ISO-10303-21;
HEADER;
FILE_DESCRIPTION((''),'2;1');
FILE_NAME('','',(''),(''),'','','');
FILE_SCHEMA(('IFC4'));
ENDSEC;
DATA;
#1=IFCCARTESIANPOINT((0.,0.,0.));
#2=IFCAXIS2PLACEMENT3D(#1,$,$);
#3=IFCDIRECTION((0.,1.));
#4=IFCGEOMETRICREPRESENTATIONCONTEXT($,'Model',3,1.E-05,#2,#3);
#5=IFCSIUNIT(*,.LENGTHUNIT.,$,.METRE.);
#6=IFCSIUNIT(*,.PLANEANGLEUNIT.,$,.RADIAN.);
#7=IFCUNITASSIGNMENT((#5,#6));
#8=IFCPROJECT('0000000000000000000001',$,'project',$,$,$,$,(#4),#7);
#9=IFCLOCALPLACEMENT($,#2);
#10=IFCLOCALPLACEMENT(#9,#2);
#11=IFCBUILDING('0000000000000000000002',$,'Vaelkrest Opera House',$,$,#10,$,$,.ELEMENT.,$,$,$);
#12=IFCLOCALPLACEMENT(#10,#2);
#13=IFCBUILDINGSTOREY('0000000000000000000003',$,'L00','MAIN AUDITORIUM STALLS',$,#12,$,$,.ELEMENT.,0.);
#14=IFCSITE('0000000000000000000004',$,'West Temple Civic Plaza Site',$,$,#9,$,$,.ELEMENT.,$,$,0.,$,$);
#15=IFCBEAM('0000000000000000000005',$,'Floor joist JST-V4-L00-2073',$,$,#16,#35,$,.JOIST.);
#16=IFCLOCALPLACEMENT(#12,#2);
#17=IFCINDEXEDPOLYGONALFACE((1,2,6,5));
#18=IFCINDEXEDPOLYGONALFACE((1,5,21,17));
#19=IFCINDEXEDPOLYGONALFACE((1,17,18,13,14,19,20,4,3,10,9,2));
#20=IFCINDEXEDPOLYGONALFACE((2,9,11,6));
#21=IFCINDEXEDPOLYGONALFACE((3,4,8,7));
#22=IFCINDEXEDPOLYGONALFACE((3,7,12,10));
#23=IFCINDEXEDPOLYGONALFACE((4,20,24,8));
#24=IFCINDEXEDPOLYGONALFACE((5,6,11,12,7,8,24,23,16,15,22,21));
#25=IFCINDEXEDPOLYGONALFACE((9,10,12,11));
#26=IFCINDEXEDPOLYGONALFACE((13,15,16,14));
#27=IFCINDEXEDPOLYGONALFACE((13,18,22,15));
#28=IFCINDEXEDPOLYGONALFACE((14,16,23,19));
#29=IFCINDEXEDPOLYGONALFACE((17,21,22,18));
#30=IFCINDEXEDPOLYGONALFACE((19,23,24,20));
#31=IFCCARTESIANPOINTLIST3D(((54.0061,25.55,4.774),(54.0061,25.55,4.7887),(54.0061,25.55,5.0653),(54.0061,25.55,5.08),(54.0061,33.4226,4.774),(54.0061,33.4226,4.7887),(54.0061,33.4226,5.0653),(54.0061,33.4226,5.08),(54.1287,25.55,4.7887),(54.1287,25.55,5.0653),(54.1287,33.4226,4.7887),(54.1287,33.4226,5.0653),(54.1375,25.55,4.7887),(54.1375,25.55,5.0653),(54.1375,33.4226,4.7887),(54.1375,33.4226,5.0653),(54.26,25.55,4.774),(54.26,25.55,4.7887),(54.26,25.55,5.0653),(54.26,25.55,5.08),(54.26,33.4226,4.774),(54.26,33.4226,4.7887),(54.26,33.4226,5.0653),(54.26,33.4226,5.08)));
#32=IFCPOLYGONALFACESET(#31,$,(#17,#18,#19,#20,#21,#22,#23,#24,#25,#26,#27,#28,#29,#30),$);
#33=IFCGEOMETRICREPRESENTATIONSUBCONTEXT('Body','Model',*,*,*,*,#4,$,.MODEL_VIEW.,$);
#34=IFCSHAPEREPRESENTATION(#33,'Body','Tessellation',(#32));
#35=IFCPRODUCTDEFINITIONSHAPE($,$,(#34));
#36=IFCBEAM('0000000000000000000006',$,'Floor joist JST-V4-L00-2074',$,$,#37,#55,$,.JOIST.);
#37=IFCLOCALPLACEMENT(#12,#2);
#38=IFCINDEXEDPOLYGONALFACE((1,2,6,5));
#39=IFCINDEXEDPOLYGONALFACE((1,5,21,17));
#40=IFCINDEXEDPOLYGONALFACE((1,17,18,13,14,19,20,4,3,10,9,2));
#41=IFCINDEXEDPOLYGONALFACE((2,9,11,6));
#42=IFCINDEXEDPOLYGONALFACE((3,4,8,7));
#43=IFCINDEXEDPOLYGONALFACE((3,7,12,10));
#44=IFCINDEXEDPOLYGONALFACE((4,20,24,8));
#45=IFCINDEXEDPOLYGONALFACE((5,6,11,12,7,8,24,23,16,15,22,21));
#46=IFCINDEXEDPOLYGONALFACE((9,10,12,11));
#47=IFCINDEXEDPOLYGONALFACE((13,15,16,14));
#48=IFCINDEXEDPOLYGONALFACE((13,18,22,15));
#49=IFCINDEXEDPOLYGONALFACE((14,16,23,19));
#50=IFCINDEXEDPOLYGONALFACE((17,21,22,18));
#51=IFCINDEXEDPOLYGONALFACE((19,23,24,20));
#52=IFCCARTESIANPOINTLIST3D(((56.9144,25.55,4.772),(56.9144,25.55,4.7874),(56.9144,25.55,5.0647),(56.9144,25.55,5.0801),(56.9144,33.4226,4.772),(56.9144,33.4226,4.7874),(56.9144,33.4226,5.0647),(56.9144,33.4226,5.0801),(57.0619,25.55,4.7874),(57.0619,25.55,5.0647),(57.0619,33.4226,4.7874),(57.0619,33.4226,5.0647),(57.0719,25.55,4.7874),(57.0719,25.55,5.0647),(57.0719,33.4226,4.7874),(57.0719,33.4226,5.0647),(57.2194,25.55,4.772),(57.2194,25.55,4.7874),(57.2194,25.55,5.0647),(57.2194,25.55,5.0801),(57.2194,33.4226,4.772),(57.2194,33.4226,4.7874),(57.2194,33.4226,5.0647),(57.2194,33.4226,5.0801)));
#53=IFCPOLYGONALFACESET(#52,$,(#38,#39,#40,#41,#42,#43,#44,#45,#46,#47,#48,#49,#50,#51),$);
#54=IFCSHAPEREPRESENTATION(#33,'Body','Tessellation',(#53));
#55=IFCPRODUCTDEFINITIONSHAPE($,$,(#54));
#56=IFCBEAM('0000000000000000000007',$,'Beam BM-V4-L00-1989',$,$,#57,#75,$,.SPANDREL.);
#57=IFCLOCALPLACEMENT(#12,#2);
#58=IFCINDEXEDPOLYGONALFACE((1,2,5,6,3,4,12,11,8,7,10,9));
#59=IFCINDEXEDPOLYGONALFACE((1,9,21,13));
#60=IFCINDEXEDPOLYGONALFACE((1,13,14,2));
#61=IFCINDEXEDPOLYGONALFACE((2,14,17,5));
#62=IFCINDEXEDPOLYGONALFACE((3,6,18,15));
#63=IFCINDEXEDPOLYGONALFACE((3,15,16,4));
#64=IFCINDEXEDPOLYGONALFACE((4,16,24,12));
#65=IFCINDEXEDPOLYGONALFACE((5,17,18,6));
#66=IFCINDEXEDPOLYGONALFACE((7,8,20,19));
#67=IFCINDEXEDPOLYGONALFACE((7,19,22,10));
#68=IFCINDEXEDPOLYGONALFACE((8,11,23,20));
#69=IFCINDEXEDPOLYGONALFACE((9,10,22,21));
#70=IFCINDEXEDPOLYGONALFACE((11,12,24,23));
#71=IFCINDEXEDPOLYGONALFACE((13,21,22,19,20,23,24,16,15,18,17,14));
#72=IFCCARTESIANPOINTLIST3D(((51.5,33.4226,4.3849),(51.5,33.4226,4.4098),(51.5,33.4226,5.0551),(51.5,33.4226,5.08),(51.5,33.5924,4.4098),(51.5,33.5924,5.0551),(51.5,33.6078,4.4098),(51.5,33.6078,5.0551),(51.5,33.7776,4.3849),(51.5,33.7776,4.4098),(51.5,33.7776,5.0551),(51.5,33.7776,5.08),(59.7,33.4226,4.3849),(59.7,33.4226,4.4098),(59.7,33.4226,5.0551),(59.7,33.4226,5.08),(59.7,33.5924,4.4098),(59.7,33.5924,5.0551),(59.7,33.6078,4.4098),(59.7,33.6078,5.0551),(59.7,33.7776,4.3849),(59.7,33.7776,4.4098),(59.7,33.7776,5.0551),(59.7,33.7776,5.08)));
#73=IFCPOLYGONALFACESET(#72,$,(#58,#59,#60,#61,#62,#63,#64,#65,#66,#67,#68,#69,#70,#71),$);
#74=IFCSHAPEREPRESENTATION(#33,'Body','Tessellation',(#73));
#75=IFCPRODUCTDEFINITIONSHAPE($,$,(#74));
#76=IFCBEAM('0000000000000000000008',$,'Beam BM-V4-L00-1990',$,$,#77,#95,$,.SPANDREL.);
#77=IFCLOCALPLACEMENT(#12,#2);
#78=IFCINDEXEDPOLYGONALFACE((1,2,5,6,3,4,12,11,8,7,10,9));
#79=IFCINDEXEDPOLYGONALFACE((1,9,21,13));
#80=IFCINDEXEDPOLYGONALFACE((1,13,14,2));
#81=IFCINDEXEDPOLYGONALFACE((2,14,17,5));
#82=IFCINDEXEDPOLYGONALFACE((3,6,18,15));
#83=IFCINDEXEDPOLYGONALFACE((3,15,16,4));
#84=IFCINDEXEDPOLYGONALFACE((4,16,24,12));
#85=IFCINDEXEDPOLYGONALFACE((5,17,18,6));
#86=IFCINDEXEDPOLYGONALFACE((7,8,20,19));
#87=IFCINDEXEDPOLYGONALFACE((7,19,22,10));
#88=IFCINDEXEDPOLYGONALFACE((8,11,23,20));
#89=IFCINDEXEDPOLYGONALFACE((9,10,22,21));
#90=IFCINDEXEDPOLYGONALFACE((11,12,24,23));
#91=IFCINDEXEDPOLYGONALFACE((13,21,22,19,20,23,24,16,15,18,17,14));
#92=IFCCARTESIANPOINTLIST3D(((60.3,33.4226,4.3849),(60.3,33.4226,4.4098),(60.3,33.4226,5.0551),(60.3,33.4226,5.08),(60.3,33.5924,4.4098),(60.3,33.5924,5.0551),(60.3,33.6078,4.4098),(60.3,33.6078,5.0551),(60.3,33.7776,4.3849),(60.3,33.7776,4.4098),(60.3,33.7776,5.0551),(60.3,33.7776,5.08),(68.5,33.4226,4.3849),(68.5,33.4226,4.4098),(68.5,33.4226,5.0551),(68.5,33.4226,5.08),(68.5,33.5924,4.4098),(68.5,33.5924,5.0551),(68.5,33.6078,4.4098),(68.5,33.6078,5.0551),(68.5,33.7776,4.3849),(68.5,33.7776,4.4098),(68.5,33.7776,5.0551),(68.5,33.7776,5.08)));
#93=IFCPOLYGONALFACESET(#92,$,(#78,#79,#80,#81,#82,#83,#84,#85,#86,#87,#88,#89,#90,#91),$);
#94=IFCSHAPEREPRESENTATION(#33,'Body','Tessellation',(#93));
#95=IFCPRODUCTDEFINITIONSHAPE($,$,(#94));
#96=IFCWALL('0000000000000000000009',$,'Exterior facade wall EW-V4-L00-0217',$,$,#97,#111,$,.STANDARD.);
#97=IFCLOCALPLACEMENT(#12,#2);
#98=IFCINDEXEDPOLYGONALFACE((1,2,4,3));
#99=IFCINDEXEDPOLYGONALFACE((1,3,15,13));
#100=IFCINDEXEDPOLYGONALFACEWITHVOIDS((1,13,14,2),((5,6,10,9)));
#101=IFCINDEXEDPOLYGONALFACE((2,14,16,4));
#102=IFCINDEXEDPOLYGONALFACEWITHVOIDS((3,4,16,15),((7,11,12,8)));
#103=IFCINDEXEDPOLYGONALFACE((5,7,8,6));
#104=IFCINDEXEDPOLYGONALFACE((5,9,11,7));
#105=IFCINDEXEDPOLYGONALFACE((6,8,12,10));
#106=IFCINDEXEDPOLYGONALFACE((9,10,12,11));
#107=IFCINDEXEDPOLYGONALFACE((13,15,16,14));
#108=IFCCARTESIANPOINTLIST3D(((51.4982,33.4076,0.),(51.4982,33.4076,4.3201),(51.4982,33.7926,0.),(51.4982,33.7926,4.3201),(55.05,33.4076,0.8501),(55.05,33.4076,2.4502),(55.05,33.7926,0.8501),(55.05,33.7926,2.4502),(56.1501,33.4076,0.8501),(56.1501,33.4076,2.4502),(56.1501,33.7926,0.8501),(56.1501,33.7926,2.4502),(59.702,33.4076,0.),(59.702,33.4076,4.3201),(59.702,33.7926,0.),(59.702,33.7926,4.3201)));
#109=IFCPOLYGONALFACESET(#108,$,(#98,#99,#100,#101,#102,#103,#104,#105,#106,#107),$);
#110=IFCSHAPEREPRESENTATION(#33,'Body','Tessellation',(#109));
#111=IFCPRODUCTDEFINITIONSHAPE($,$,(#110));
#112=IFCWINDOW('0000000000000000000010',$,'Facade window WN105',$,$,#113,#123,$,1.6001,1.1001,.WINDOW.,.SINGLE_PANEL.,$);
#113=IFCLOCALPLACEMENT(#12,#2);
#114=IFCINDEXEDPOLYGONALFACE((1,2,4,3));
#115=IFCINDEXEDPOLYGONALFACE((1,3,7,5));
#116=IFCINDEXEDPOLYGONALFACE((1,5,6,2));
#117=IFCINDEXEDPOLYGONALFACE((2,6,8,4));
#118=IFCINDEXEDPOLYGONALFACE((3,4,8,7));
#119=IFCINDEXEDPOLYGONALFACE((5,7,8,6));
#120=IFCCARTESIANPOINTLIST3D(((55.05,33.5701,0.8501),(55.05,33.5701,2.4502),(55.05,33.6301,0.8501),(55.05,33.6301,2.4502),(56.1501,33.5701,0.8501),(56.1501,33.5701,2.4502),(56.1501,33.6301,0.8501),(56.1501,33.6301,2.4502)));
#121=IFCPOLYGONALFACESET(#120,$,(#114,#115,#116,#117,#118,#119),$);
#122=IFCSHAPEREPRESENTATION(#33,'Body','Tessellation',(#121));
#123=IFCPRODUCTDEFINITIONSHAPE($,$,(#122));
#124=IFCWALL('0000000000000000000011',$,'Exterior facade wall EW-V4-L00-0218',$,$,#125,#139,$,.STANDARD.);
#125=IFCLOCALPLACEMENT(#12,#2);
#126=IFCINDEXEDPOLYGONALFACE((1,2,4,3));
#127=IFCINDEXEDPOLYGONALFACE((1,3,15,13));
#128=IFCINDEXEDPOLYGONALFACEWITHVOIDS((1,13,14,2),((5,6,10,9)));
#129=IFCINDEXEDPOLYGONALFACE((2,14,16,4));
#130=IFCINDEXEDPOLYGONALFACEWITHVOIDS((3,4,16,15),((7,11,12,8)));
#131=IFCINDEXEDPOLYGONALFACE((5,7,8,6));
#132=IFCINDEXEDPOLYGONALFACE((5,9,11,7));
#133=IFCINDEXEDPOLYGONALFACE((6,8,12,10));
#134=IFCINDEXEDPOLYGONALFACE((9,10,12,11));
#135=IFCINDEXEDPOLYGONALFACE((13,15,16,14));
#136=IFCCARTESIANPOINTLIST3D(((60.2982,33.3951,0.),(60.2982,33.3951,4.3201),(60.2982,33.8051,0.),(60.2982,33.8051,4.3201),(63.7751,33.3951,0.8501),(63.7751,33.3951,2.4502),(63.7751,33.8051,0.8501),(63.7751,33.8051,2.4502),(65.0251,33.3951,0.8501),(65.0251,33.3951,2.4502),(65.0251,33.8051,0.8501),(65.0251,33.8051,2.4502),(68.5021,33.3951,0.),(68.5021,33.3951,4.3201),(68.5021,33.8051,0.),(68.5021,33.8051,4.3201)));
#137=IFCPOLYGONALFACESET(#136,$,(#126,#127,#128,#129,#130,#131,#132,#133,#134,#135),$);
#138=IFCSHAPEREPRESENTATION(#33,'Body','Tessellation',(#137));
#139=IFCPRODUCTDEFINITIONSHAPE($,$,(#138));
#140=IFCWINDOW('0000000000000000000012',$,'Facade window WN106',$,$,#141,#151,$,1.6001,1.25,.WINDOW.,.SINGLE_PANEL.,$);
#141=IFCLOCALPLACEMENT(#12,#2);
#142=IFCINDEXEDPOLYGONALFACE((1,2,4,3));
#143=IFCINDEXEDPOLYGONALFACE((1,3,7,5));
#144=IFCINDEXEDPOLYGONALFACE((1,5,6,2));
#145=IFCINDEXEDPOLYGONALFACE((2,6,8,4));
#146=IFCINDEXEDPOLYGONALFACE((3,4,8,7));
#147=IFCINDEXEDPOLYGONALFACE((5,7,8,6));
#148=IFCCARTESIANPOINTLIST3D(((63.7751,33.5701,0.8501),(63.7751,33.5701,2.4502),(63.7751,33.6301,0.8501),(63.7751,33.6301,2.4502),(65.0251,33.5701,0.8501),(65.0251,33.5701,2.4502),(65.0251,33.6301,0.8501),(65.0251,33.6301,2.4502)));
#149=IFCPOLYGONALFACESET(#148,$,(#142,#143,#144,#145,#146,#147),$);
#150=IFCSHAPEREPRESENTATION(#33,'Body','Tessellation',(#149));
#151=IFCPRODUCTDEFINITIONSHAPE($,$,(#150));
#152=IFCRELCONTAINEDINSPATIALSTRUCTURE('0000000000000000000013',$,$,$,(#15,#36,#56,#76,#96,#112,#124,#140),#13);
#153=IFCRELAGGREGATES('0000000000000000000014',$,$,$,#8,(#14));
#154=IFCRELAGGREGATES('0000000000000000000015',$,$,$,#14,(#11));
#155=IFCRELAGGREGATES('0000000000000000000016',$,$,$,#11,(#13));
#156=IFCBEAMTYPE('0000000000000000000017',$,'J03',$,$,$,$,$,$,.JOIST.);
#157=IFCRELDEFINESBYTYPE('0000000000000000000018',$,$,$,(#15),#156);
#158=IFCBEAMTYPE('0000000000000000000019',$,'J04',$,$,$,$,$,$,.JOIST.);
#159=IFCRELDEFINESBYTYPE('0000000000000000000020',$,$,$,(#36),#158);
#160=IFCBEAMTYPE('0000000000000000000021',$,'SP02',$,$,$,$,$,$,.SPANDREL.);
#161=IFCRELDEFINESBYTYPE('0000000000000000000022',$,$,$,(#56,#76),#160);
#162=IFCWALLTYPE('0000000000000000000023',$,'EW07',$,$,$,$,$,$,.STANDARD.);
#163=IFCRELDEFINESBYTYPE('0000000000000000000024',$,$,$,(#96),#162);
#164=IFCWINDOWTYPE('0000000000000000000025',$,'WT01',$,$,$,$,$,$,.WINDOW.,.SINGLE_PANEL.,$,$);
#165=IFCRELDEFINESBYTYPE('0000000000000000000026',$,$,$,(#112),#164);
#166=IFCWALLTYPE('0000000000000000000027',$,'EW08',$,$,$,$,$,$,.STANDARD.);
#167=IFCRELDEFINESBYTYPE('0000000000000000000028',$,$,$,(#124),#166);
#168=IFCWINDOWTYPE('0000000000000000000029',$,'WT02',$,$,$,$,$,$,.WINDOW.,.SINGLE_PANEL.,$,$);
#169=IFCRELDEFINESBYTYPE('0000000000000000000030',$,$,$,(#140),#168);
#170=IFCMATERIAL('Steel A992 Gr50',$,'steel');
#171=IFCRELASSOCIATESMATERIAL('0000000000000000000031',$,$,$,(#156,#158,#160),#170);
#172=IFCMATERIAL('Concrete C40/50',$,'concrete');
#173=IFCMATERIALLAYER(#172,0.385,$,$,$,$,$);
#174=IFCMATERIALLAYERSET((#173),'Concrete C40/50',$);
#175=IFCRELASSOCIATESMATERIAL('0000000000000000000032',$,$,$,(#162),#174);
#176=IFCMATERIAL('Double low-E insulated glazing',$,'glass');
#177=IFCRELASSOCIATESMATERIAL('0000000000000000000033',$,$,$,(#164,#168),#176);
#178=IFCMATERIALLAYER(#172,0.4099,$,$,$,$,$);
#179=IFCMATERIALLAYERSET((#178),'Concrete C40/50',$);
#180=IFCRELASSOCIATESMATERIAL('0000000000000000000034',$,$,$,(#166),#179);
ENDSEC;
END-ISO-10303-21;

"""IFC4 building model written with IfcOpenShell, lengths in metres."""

from ifc_helpers import new_model, si_unit, direction, frame, frame_2d, origin, origin_2d, place, context, subcontext, project, spatial, rectangle, i_section, extrude, material, layer, layer_set, material_profile, profile_set, type_object, element, fill, save


model = new_model("IFC4")

# Units and contexts
model_context = context("Model", 3, precision=1e-05, world=origin(), true_north=direction((0.0, 1.0)))
body_context = subcontext(model_context, "Body", "Model", "MODEL_VIEW")
ifc_project = project(units=[si_unit("LENGTHUNIT", "METRE"), si_unit("PLANEANGLEUNIT", "RADIAN")], contexts=[model_context])

# Site, building, storey
site_placement = place(None, origin())
site = spatial("IfcSite", under=ifc_project, at=site_placement, Name="West Temple Civic Plaza Site", CompositionType="ELEMENT", RefElevation=0.0)
building_placement = place(site_placement, origin())
building = spatial("IfcBuilding", under=site, at=building_placement, Name="Vaelkrest Opera House", CompositionType="ELEMENT")
storey_placement = place(building_placement, origin())
storey = spatial("IfcBuildingStorey", under=building, at=storey_placement, Name="L00", Description="MAIN AUDITORIUM STALLS", CompositionType="ELEMENT", Elevation=0.0)

# Beams
ifc_material_1 = material(Name="Steel A992 Gr50", Category="steel")
ifc_material_profile_1 = material_profile(ifc_material_1, i_section(OverallWidth=0.2539, OverallDepth=0.3059, WebThickness=0.0088, FlangeThickness=0.0146, at=origin_2d()), Name="W12X53")
ifc_profile_set_1 = profile_set([ifc_material_profile_1], Name="Steel A992 Gr50")
beam_type_1 = type_object("IfcBeamType", Name="J03", PredefinedType="JOIST", material=ifc_profile_set_1)
beam_1_placement = place(storey_placement, frame((54.1331, 25.55, 4.927), z_axis=(0.0, 1.0, 0.0), x_axis=(-1.0, 0.0, 0.0)))
element("IfcBeam", 1, at=beam_1_placement, inside=storey, type_object=beam_type_1, Name="Floor joist JST-V4-L00-2073", PredefinedType="JOIST", context=body_context, shape_type="SweptSolid", body=[
    extrude(i_section(OverallWidth=0.2539, OverallDepth=0.3059, WebThickness=0.0088, FlangeThickness=0.0146, at=origin_2d()), origin(), (0.0, 0.0, 1.0), 7.8726),
])
ifc_material_profile_2 = material_profile(ifc_material_1, i_section(OverallWidth=0.3049, OverallDepth=0.3081, WebThickness=0.01, FlangeThickness=0.0154, at=origin_2d()), Name="W12X65")
ifc_profile_set_2 = profile_set([ifc_material_profile_2], Name="Steel A992 Gr50")
beam_type_2 = type_object("IfcBeamType", Name="J04", PredefinedType="JOIST", material=ifc_profile_set_2)
beam_2_placement = place(storey_placement, frame((57.0669, 25.55, 4.926), z_axis=(0.0, 1.0, 0.0), x_axis=(-1.0, 0.0, 0.0)))
element("IfcBeam", 2, at=beam_2_placement, inside=storey, type_object=beam_type_2, Name="Floor joist JST-V4-L00-2074", PredefinedType="JOIST", context=body_context, shape_type="SweptSolid", body=[
    extrude(i_section(OverallWidth=0.3049, OverallDepth=0.3081, WebThickness=0.01, FlangeThickness=0.0154, at=origin_2d()), origin(), (0.0, 0.0, 1.0), 7.8726),
])
ifc_material_profile_3 = material_profile(ifc_material_1, i_section(OverallWidth=0.355, OverallDepth=0.6951, WebThickness=0.0154, FlangeThickness=0.0249, at=origin_2d()), Name="W27X146")
ifc_profile_set_3 = profile_set([ifc_material_profile_3], Name="Steel A992 Gr50")
beam_type_3 = type_object("IfcBeamType", Name="SP02", PredefinedType="SPANDREL", material=ifc_profile_set_3)
for number, where, z_axis, x_axis, name in (
    (3, (51.5, 33.6001, 4.7324), (1.0, 0.0, 0.0), (0.0, 1.0, 0.0), "Beam BM-V4-L00-1989"),
    (4, (60.3, 33.6001, 4.7324), (1.0, 0.0, 0.0), (0.0, 1.0, 0.0), "Beam BM-V4-L00-1990"),
):
    element("IfcBeam", number, at=place(storey_placement, frame(where, z_axis=z_axis, x_axis=x_axis)), inside=storey, type_object=beam_type_3, Name=name, PredefinedType="SPANDREL", context=body_context, shape_type="SweptSolid", body=[
        extrude(i_section(OverallWidth=0.355, OverallDepth=0.6951, WebThickness=0.0154, FlangeThickness=0.0249, at=origin_2d()), origin(), (0.0, 0.0, 1.0), 8.2),
    ])

# Walls, openings, windows
ifc_material_2 = material(Name="Concrete C40/50", Category="concrete")
ifc_layer_1 = layer(ifc_material_2, 0.385)
ifc_layer_set_1 = layer_set([ifc_layer_1], Name="Concrete C40/50")
wall_type_1 = type_object("IfcWallType", Name="EW07", PredefinedType="STANDARD", material=ifc_layer_set_1)
wall_1_placement = place(storey_placement, frame((51.498, 33.6001, 0.0), z_axis=(0.0, 0.0, 1.0), x_axis=(1.0, 0.0, 0.0)))
wall_1 = element("IfcWall", 5, at=wall_1_placement, inside=storey, type_object=wall_type_1, Name="Exterior facade wall EW-V4-L00-0217", PredefinedType="STANDARD", context=body_context, shape_type="SweptSolid", body=[
    extrude(rectangle(XDim=8.2039, YDim=0.385, at=frame_2d((4.1021, 0.0))), origin(), (0.0, 0.0, 1.0), 4.3201),
])
opening_1_placement = place(wall_1_placement, frame((3.552, 0.0, 0.8501)))
opening_1 = element("IfcOpeningElement", 6, at=opening_1_placement, cuts=wall_1, PredefinedType="OPENING", context=body_context, shape_type="SweptSolid", body=[
    extrude(rectangle(XDim=1.1001, YDim=1.6001, at=frame_2d((0.55, 0.8))), frame((0.0, 0.2024, 0.0), z_axis=(0.0, -1.0, 0.0), x_axis=(1.0, 0.0, 0.0)), (0.0, 0.0, 1.0), 0.405),
])
ifc_material_3 = material(Name="Double low-E insulated glazing", Category="glass")
window_type_1 = type_object("IfcWindowType", Name="WT01", PartitioningType="SINGLE_PANEL", PredefinedType="WINDOW", material=ifc_material_3)
window_1_placement = place(opening_1_placement, origin())
window_1 = element("IfcWindow", 7, at=window_1_placement, inside=storey, type_object=window_type_1, Name="Facade window WN105", OverallHeight=1.6001, OverallWidth=1.1001, PartitioningType="SINGLE_PANEL", PredefinedType="WINDOW", context=body_context, shape_type="SweptSolid", body=[
    extrude(rectangle(XDim=1.1001, YDim=1.6001, at=frame_2d((0.55, 0.8))), frame((0.0, 0.03, 0.0), z_axis=(0.0, -1.0, 0.0), x_axis=(1.0, 0.0, 0.0)), (0.0, 0.0, 1.0), 0.0601),
])
fill(opening_1, window_1)
ifc_layer_2 = layer(ifc_material_2, 0.4099)
ifc_layer_set_2 = layer_set([ifc_layer_2], Name="Concrete C40/50")
wall_type_2 = type_object("IfcWallType", Name="EW08", PredefinedType="STANDARD", material=ifc_layer_set_2)
wall_2_placement = place(storey_placement, frame((60.2981, 33.6001, 0.0), z_axis=(0.0, 0.0, 1.0), x_axis=(1.0, 0.0, 0.0)))
wall_2 = element("IfcWall", 8, at=wall_2_placement, inside=storey, type_object=wall_type_2, Name="Exterior facade wall EW-V4-L00-0218", PredefinedType="STANDARD", context=body_context, shape_type="SweptSolid", body=[
    extrude(rectangle(XDim=8.2039, YDim=0.4099, at=frame_2d((4.1021, 0.0))), origin(), (0.0, 0.0, 1.0), 4.3201),
])
opening_2_placement = place(wall_2_placement, frame((3.4771, 0.0, 0.8501)))
opening_2 = element("IfcOpeningElement", 9, at=opening_2_placement, cuts=wall_2, PredefinedType="OPENING", context=body_context, shape_type="SweptSolid", body=[
    extrude(rectangle(XDim=1.25, YDim=1.6001, at=frame_2d((0.625, 0.8))), frame((0.0, 0.2148, 0.0), z_axis=(0.0, -1.0, 0.0), x_axis=(1.0, 0.0, 0.0)), (0.0, 0.0, 1.0), 0.4299),
])
window_type_2 = type_object("IfcWindowType", Name="WT02", PartitioningType="SINGLE_PANEL", PredefinedType="WINDOW", material=ifc_material_3)
window_2_placement = place(opening_2_placement, origin())
window_2 = element("IfcWindow", 10, at=window_2_placement, inside=storey, type_object=window_type_2, Name="Facade window WN106", OverallHeight=1.6001, OverallWidth=1.25, PartitioningType="SINGLE_PANEL", PredefinedType="WINDOW", context=body_context, shape_type="SweptSolid", body=[
    extrude(rectangle(XDim=1.25, YDim=1.6001, at=frame_2d((0.625, 0.8))), frame((0.0, 0.03, 0.0), z_axis=(0.0, -1.0, 0.0), x_axis=(1.0, 0.0, 0.0)), (0.0, 0.0, 1.0), 0.0601),
])
fill(opening_2, window_2)

save(model, "model.ifc")
